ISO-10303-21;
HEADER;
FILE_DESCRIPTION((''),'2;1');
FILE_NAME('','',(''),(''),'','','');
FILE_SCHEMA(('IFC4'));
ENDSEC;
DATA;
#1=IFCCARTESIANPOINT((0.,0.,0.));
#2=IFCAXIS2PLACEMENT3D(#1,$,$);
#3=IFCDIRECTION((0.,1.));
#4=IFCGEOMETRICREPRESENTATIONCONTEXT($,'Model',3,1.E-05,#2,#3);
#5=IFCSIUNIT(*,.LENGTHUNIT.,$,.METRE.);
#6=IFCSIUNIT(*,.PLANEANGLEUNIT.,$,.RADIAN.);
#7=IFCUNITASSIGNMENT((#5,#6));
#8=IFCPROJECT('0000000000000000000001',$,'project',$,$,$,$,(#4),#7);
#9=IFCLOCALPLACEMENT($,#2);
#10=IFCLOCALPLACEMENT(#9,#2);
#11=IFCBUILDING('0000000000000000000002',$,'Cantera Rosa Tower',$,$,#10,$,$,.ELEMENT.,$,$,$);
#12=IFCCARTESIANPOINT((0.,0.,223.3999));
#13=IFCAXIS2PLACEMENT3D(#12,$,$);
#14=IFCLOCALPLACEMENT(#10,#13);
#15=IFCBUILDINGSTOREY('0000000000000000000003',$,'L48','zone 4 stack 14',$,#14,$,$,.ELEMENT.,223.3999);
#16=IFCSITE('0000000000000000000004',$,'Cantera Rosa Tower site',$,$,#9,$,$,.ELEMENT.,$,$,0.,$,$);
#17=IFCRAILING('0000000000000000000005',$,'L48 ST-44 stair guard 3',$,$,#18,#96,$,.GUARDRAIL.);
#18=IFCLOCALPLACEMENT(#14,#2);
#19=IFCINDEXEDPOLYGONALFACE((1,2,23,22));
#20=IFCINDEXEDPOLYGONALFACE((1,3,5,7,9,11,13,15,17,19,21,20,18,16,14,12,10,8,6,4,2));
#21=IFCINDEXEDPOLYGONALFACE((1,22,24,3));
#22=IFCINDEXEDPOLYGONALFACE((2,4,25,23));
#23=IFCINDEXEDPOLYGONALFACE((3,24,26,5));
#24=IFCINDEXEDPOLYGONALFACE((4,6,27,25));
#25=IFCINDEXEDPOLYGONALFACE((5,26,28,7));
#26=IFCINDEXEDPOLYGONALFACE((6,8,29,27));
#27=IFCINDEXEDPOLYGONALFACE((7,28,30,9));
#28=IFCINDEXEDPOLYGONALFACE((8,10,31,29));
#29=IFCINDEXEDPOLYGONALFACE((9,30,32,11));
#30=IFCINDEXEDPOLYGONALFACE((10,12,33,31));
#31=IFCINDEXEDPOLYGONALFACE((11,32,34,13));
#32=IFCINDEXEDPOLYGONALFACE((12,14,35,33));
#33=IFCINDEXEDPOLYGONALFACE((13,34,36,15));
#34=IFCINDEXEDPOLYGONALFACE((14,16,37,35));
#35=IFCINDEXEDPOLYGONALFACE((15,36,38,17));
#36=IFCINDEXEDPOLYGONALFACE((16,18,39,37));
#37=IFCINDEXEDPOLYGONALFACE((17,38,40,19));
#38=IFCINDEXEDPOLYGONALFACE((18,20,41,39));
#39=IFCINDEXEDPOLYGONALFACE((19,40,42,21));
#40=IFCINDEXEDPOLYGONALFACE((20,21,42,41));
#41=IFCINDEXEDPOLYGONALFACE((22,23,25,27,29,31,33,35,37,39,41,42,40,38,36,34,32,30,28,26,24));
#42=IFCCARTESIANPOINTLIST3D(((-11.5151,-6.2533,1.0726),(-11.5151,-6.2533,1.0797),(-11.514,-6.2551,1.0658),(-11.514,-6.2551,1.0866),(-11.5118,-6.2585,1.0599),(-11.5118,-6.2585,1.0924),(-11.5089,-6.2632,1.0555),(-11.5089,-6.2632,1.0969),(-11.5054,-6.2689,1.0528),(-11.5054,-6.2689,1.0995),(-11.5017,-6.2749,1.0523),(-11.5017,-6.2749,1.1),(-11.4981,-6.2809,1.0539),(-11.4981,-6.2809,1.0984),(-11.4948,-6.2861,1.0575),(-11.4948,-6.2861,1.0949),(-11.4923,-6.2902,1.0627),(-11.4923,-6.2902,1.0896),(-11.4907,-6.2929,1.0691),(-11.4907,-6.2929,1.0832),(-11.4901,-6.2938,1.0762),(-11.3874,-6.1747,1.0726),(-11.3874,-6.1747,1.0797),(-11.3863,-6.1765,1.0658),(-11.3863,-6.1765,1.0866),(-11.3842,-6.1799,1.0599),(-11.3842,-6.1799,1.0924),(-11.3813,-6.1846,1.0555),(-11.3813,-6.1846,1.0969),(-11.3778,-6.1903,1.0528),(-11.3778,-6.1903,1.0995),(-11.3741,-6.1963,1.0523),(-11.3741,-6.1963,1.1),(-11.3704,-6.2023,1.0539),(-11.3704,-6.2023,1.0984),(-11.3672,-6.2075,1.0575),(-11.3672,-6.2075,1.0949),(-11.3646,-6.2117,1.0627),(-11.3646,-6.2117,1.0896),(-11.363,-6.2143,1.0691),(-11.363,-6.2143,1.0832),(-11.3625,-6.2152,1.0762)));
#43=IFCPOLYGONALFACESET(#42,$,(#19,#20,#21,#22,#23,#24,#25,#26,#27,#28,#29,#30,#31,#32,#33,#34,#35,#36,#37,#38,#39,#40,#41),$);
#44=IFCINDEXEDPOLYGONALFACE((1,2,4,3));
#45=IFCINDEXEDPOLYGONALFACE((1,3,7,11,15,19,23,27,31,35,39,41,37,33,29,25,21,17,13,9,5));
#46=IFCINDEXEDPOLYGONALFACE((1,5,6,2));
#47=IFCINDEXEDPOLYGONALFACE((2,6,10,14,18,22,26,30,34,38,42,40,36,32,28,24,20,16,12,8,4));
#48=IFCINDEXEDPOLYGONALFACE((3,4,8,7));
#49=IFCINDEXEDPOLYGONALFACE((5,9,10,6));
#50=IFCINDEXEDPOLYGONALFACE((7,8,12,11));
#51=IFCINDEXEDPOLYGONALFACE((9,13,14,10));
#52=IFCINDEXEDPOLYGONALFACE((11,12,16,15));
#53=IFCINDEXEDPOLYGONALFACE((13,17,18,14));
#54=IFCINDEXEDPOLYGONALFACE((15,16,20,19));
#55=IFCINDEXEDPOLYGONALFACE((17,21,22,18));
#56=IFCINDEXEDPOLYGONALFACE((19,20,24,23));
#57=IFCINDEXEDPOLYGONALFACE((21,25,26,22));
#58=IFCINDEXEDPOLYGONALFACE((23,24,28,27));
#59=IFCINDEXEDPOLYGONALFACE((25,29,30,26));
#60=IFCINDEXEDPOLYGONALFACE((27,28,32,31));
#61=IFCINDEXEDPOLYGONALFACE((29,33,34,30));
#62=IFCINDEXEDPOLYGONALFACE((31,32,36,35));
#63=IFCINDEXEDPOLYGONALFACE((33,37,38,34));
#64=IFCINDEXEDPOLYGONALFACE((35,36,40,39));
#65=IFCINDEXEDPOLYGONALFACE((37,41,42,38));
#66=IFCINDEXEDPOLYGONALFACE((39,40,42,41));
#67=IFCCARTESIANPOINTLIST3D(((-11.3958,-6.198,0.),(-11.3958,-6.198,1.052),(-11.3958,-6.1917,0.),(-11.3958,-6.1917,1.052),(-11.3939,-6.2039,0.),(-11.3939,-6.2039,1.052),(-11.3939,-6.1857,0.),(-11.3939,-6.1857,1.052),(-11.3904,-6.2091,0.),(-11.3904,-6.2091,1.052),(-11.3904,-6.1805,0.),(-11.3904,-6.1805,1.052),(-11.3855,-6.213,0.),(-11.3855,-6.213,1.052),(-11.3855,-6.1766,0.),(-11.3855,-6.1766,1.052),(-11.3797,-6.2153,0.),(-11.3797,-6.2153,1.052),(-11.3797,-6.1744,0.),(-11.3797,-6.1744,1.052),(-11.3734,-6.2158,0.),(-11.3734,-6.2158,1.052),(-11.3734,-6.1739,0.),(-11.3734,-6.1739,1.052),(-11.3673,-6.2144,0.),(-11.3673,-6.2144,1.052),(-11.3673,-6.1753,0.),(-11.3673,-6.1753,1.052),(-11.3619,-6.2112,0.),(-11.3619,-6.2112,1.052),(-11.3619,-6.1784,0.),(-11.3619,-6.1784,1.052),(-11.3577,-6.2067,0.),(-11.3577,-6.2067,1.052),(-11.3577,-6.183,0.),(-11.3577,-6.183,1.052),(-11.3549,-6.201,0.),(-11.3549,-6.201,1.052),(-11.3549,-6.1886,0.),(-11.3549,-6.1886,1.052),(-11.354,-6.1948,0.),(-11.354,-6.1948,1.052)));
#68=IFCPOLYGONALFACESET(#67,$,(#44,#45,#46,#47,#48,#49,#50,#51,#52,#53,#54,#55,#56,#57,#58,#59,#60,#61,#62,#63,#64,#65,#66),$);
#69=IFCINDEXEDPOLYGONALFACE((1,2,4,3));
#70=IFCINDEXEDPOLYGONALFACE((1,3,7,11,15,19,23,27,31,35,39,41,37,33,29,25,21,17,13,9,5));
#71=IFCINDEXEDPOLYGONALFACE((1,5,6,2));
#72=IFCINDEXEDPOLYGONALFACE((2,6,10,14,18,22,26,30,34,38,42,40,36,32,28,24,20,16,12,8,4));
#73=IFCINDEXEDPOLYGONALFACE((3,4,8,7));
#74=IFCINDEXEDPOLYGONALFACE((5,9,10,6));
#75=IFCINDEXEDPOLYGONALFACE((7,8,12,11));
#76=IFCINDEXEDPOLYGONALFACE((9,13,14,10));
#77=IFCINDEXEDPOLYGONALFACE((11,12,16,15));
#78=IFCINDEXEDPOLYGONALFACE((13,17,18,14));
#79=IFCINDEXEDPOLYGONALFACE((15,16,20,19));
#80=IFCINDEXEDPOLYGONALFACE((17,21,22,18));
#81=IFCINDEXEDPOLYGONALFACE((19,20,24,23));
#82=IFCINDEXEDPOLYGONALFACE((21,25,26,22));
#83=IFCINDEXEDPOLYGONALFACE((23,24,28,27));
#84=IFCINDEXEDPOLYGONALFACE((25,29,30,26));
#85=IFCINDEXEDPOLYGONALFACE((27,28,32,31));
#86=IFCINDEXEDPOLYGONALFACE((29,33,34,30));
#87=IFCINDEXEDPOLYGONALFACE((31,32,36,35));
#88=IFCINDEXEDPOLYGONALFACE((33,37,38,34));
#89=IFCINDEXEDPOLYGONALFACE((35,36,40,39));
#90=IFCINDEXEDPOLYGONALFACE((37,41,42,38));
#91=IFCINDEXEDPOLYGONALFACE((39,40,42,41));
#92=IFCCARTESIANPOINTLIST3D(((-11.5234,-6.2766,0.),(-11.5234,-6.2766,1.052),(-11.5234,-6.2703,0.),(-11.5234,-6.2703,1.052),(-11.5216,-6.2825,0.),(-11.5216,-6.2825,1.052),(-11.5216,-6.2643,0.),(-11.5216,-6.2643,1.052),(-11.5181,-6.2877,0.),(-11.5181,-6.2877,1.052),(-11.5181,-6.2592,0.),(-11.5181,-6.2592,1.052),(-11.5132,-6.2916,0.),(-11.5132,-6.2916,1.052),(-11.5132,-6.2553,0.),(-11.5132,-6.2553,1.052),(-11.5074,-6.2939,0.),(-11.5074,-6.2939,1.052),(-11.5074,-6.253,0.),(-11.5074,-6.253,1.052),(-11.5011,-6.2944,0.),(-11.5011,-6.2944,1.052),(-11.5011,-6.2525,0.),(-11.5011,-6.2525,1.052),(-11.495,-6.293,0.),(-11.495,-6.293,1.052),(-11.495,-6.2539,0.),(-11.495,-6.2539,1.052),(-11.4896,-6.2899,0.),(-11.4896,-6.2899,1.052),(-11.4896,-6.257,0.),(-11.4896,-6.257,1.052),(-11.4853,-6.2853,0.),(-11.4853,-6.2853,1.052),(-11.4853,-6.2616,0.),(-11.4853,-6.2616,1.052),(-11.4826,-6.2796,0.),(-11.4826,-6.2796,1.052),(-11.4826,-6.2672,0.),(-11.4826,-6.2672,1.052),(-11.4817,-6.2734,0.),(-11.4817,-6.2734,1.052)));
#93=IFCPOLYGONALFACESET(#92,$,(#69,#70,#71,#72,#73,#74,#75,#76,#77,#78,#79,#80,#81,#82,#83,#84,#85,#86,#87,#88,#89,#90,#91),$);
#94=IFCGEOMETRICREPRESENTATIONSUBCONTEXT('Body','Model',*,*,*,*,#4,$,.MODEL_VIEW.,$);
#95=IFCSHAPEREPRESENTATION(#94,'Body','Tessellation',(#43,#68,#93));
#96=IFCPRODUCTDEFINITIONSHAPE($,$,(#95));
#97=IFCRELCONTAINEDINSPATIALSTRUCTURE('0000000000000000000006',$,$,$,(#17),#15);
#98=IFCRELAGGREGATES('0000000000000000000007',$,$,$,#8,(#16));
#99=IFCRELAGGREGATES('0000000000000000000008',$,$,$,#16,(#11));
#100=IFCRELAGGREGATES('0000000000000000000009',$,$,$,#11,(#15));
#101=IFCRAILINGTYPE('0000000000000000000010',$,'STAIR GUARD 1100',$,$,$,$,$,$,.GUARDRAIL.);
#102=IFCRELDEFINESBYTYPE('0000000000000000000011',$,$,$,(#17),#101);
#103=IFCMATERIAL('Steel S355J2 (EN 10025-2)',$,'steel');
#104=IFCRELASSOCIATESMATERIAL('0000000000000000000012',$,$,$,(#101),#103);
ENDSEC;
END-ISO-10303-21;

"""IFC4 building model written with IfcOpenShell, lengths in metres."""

from ifc_helpers import new_model, si_unit, direction, frame, origin, origin_2d, place, context, subcontext, project, spatial, circle, extrude, material, type_object, element, save


model = new_model("IFC4")

# Units and contexts
model_context = context("Model", 3, precision=1e-05, world=origin(), true_north=direction((0.0, 1.0)))
body_context = subcontext(model_context, "Body", "Model", "MODEL_VIEW")
ifc_project = project(units=[si_unit("LENGTHUNIT", "METRE"), si_unit("PLANEANGLEUNIT", "RADIAN")], contexts=[model_context])

# Site, building, storey
site_placement = place(None, origin())
site = spatial("IfcSite", under=ifc_project, at=site_placement, Name="Cantera Rosa Tower site", CompositionType="ELEMENT", RefElevation=0.0)
building_placement = place(site_placement, origin())
building = spatial("IfcBuilding", under=site, at=building_placement, Name="Cantera Rosa Tower", CompositionType="ELEMENT")
storey_placement = place(building_placement, frame((0.0, 0.0, 223.3999)))
storey = spatial("IfcBuildingStorey", under=building, at=storey_placement, Name="L48", Description="zone 4 stack 14", CompositionType="ELEMENT", Elevation=223.3999)

# Railing
ifc_material_1 = material(Name="Steel S355J2 (EN 10025-2)", Category="steel")
railing_type_1 = type_object("IfcRailingType", Name="STAIR GUARD 1100", PredefinedType="GUARDRAIL", material=ifc_material_1)
railing_1_placement = place(storey_placement, frame((-11.375, -6.1948, 0.0)))
element("IfcRailing", 1, at=railing_1_placement, inside=storey, type_object=railing_type_1, Name="L48 ST-44 stair guard 3", PredefinedType="GUARDRAIL", context=body_context, shape_type="SweptSolid", body=[
    extrude(circle(Radius=0.0239, at=origin_2d()), frame((0.0, 0.0, 1.0762), z_axis=(-0.851546, -0.524279, 0.0), x_axis=(0.524279, -0.851546, 0.0)), (0.0, 0.0, 1.0), 0.1499),
    extrude(circle(Radius=0.021, at=origin_2d()), origin(), (0.0, 0.0, 1.0), 1.052),
    extrude(circle(Radius=0.021, at=origin_2d()), frame((-0.1277, -0.0786, 0.0)), (0.0, 0.0, 1.0), 1.052),
])

save(model, "model.ifc")
